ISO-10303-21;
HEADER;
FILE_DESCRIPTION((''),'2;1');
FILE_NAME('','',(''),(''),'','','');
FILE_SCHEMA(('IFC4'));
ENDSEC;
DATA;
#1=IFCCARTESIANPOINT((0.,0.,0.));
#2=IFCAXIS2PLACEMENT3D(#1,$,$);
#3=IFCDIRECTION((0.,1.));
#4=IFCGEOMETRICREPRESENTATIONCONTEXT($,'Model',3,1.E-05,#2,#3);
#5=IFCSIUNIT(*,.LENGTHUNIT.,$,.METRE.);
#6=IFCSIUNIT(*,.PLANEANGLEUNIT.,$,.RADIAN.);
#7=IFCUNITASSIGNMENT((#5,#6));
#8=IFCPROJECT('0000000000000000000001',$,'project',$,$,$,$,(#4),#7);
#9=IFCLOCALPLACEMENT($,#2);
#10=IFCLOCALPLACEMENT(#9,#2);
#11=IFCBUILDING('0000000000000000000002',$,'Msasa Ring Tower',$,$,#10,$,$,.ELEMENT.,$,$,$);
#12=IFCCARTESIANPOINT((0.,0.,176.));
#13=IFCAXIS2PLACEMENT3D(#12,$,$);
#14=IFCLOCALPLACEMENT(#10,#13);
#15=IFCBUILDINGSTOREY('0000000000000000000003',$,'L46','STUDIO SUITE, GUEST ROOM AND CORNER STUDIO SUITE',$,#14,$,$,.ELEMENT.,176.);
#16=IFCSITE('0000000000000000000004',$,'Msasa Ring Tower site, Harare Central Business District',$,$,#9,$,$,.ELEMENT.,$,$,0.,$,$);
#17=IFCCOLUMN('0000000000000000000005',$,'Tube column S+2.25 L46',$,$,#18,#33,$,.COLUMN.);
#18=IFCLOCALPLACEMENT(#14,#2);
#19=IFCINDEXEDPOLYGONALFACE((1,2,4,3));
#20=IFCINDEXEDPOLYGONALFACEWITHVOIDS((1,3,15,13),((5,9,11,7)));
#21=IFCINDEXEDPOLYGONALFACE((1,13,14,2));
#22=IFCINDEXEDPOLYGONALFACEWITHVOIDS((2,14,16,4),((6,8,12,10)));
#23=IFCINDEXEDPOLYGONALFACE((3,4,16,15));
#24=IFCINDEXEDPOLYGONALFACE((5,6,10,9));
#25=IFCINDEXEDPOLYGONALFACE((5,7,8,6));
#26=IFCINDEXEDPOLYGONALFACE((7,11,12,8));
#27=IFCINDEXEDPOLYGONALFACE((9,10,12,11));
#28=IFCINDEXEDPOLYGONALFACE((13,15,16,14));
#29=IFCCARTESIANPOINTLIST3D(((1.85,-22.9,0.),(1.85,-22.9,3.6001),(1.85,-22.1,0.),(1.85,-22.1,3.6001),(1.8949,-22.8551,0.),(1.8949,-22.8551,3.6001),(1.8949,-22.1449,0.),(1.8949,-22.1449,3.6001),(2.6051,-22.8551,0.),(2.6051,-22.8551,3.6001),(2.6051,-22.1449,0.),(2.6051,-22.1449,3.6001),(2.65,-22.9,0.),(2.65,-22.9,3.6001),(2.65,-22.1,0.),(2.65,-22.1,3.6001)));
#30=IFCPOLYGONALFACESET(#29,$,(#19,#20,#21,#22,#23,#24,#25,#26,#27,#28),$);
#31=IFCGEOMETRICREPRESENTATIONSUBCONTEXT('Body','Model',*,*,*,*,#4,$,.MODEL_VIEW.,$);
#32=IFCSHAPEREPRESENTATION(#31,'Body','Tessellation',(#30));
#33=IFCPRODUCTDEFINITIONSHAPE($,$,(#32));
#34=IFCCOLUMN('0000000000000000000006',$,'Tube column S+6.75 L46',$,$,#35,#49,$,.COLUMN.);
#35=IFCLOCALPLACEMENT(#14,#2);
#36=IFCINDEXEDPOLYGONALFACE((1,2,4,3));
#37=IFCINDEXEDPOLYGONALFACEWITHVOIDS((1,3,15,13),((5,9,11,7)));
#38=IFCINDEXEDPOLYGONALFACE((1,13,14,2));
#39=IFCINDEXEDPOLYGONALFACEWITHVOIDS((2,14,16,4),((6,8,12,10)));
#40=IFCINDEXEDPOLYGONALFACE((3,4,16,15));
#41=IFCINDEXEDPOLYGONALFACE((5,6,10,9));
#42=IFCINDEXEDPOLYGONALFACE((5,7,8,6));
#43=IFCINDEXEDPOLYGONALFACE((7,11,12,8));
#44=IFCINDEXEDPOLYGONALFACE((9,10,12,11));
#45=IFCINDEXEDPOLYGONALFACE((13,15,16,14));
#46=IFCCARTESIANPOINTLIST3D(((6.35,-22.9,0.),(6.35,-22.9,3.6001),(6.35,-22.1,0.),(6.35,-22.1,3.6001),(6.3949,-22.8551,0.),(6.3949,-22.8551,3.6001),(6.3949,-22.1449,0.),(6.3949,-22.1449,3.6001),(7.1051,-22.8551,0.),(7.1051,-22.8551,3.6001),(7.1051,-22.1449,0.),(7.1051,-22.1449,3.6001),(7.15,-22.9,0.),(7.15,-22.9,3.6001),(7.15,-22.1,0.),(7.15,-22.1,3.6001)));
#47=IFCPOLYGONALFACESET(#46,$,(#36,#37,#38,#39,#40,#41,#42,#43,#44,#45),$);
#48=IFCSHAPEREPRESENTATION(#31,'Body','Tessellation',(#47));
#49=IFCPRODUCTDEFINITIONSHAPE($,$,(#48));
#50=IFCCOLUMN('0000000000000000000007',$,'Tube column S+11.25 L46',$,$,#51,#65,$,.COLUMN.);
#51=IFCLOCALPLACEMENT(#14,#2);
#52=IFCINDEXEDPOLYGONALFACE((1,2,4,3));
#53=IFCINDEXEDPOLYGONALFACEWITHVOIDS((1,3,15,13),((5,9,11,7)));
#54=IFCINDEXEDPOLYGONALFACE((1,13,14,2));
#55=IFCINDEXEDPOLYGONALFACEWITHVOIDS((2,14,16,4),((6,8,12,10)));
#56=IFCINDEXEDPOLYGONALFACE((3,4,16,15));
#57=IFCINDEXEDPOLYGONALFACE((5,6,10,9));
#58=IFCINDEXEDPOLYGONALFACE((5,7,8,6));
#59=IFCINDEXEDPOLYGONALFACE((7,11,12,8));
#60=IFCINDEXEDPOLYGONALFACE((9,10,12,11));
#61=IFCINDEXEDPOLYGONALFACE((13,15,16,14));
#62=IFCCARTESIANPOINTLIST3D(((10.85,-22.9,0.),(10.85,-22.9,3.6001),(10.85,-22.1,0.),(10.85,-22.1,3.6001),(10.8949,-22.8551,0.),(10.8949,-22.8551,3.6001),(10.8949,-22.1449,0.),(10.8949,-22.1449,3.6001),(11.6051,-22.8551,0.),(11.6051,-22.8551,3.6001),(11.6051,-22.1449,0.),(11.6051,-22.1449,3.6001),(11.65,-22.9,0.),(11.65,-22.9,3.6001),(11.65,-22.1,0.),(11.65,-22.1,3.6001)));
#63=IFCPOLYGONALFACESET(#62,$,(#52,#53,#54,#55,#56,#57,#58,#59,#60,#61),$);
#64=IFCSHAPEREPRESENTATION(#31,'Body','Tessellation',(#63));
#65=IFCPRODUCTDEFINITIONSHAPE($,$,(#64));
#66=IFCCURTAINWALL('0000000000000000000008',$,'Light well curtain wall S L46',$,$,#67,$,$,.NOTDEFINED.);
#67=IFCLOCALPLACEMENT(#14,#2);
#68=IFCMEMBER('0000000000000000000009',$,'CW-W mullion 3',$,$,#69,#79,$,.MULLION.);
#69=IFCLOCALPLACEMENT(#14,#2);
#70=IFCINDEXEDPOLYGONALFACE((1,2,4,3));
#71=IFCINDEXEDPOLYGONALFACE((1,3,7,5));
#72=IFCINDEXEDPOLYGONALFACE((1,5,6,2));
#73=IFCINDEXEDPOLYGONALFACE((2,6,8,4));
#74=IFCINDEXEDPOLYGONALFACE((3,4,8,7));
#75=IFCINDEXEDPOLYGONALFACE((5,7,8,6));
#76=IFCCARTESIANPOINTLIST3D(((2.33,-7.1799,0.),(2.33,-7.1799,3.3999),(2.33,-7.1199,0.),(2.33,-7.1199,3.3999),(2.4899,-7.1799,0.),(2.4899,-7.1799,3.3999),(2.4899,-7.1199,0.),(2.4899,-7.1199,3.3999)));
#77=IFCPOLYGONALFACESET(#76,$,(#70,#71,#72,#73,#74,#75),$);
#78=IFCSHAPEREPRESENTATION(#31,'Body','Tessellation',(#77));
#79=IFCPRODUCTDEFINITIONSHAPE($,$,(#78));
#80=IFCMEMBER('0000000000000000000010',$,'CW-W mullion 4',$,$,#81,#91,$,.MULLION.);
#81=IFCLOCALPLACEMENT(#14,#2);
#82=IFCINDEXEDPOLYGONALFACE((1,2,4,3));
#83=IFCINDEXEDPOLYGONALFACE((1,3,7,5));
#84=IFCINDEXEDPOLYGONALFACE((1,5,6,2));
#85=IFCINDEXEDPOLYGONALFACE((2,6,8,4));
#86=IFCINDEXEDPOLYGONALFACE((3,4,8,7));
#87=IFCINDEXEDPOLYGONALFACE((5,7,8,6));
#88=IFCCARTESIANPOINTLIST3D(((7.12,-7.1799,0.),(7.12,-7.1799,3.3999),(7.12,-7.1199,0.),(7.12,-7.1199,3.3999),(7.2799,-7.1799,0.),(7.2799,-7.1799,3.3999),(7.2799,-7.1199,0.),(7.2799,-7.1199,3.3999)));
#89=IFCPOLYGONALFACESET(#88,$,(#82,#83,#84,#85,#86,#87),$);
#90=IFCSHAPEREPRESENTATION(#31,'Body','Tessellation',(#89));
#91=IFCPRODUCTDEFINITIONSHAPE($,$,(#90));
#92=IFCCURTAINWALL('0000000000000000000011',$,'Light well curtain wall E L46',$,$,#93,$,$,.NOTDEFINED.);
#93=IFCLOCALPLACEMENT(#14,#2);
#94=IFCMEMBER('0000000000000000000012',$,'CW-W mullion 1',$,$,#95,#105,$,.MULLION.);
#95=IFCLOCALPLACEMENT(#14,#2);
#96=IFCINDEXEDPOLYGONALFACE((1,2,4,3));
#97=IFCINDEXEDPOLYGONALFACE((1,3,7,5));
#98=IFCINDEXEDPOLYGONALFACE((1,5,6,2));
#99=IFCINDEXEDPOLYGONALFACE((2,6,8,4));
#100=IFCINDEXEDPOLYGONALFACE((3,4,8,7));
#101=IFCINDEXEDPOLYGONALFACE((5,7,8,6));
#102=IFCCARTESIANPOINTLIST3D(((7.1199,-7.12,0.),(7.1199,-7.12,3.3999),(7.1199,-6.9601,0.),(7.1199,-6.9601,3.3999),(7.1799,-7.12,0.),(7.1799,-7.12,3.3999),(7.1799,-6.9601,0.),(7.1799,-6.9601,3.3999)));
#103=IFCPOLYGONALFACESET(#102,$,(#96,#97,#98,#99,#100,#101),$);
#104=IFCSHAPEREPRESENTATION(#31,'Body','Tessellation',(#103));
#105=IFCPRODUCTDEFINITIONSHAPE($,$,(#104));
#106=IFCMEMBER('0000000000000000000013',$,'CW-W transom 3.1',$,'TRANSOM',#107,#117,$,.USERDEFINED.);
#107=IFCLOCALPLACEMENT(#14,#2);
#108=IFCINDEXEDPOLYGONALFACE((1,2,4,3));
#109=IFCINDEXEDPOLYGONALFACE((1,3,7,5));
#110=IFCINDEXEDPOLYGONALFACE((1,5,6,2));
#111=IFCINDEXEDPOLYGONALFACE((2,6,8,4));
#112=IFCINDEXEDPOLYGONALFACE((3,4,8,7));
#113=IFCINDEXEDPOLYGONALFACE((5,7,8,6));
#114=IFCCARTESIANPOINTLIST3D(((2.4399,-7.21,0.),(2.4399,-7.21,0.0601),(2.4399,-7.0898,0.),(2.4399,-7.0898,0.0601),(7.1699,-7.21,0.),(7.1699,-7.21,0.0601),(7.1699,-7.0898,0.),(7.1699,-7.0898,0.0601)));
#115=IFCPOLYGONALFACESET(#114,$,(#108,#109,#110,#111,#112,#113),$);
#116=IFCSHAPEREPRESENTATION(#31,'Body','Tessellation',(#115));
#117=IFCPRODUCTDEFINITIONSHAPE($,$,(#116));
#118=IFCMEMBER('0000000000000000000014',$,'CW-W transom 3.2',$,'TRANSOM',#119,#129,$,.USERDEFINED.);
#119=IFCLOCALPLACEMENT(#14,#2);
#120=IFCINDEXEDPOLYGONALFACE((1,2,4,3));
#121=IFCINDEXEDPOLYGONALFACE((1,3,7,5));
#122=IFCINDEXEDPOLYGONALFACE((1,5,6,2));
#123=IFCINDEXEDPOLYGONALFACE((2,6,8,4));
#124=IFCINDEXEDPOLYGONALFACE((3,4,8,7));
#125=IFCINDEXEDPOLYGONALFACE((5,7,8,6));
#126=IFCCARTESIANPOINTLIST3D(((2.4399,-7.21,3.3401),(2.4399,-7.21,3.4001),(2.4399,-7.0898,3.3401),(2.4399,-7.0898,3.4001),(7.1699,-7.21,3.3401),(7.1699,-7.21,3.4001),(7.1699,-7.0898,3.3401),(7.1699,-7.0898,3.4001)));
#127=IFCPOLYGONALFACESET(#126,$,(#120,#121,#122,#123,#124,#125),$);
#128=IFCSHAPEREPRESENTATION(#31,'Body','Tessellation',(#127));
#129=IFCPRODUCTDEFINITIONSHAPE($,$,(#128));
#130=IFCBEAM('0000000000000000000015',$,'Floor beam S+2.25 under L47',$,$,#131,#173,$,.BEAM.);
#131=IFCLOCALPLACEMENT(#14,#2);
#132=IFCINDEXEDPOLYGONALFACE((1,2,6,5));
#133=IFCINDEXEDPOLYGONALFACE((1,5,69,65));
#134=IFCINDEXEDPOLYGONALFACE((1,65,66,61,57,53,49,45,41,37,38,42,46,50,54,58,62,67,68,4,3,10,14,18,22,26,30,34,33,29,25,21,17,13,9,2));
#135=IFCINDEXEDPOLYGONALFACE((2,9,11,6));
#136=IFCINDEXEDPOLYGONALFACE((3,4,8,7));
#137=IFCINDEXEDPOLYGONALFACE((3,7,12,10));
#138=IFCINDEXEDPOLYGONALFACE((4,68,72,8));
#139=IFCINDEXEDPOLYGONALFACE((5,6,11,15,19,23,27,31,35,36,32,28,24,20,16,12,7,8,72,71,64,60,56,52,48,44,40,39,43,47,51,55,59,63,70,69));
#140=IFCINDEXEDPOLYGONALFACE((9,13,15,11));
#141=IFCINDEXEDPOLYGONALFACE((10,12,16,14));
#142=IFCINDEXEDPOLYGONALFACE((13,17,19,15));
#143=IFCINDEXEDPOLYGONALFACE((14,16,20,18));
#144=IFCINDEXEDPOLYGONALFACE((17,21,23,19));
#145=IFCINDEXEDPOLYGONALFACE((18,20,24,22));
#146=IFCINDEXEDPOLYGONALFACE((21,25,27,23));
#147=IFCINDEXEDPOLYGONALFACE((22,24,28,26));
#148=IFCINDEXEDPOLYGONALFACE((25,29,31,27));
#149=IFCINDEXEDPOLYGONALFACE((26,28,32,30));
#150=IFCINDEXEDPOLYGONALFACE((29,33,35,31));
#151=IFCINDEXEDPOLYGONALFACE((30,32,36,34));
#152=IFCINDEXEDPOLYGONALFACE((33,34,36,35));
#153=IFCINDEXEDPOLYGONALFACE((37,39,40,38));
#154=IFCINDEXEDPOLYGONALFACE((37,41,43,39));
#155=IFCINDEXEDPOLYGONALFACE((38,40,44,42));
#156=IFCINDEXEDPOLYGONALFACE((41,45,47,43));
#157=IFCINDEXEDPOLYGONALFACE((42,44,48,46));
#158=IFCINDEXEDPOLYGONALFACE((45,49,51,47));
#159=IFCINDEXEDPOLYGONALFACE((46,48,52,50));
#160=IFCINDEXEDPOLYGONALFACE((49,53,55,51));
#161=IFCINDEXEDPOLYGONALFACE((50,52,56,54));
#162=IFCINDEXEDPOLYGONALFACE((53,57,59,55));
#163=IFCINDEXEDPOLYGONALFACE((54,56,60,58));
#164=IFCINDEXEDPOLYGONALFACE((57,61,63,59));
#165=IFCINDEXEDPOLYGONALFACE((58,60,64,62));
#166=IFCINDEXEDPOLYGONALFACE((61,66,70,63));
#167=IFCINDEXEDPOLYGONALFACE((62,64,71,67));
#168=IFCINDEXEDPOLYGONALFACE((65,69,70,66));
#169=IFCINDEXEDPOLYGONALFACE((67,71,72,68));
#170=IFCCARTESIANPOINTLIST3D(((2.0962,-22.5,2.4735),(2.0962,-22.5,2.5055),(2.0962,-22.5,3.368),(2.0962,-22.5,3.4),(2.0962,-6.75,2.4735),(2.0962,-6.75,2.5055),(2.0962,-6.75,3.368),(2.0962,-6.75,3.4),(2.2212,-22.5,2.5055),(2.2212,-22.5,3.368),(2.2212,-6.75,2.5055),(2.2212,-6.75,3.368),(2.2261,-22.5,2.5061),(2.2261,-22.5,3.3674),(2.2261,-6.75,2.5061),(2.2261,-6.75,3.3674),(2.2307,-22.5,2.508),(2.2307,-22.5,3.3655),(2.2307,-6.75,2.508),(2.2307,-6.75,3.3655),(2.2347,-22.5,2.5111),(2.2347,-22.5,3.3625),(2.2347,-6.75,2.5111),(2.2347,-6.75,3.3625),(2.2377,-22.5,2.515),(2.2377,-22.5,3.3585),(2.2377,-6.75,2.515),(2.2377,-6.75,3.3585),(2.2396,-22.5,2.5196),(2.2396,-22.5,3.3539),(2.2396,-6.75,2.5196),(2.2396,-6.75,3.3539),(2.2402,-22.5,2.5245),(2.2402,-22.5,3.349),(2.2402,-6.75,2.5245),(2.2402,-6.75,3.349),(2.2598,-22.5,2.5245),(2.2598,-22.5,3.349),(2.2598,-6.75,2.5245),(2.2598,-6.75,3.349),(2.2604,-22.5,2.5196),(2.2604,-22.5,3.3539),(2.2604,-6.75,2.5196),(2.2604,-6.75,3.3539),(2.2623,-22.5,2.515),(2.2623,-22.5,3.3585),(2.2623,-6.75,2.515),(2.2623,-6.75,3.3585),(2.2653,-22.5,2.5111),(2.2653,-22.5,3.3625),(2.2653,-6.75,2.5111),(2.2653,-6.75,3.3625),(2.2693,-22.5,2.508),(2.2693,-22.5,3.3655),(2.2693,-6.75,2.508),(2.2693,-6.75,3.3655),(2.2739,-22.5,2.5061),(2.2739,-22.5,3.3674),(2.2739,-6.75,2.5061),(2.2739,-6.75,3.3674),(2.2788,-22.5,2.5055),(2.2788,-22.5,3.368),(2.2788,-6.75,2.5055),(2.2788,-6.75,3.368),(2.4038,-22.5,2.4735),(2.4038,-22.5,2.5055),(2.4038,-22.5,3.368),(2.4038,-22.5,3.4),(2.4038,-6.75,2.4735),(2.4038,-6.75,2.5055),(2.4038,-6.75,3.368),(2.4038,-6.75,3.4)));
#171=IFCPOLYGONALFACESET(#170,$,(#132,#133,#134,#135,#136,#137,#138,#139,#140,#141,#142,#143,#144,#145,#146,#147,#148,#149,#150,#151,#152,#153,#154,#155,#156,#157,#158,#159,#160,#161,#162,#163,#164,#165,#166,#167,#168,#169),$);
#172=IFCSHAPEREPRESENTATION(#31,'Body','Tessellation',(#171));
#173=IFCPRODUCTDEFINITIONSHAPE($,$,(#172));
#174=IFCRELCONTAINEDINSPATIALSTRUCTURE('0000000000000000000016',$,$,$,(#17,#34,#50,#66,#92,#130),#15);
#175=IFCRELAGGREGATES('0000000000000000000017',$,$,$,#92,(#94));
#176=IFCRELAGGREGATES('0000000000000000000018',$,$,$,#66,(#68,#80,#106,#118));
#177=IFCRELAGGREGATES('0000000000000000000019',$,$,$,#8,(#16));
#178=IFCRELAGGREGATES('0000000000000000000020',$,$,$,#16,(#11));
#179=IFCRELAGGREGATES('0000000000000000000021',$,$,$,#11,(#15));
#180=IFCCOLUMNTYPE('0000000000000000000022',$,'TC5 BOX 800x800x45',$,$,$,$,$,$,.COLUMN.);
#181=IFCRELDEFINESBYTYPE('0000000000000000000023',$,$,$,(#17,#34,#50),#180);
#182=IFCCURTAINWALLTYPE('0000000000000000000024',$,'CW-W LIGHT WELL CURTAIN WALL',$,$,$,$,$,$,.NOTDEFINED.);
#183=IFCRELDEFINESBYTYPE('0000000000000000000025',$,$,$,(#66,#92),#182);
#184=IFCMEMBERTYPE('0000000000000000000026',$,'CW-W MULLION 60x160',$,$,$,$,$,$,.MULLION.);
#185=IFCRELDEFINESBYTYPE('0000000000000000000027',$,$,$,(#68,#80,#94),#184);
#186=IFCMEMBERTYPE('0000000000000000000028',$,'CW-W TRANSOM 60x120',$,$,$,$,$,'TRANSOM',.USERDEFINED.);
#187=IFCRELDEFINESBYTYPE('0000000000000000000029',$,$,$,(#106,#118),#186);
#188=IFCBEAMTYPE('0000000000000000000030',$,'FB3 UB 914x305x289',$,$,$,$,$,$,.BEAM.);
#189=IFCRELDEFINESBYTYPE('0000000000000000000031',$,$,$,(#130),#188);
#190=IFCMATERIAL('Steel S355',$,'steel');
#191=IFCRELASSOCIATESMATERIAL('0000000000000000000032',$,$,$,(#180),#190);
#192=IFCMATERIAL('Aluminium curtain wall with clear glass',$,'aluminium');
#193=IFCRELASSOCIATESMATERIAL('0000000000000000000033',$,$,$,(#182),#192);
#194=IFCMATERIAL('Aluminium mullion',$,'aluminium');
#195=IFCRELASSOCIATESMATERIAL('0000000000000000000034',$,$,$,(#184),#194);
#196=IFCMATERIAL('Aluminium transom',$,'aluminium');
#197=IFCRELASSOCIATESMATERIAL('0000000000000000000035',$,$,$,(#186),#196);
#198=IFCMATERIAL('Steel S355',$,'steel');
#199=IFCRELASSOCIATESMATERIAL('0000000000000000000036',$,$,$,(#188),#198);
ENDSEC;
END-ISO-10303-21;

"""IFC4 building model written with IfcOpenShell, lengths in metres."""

from ifc_helpers import new_model, si_unit, direction, frame, origin, origin_2d, place, context, subcontext, project, spatial, rectangle, hollow_rectangle, i_section, extrude, material, material_profile, profile_set, type_object, element, aggregate, save


model = new_model("IFC4")

# Units and contexts
model_context = context("Model", 3, precision=1e-05, world=origin(), true_north=direction((0.0, 1.0)))
body_context = subcontext(model_context, "Body", "Model", "MODEL_VIEW")
ifc_project = project(units=[si_unit("LENGTHUNIT", "METRE"), si_unit("PLANEANGLEUNIT", "RADIAN")], contexts=[model_context])

# Site, building, storey
site_placement = place(None, origin())
site = spatial("IfcSite", under=ifc_project, at=site_placement, Name="Msasa Ring Tower site, Harare Central Business District", CompositionType="ELEMENT", RefElevation=0.0)
building_placement = place(site_placement, origin())
building = spatial("IfcBuilding", under=site, at=building_placement, Name="Msasa Ring Tower", CompositionType="ELEMENT")
storey_placement = place(building_placement, frame((0.0, 0.0, 176.0)))
storey = spatial("IfcBuildingStorey", under=building, at=storey_placement, Name="L46", Description="STUDIO SUITE, GUEST ROOM AND CORNER STUDIO SUITE", CompositionType="ELEMENT", Elevation=176.0)

# Columns
ifc_material_1 = material(Name="Steel S355", Category="steel")
ifc_material_profile_1 = material_profile(ifc_material_1, hollow_rectangle(XDim=0.8, YDim=0.8, WallThickness=0.0449, at=origin_2d()), Name="BOX 800x800x45")
ifc_profile_set_1 = profile_set([ifc_material_profile_1], Name="Steel S355")
column_type = type_object("IfcColumnType", Name="TC5 BOX 800x800x45", PredefinedType="COLUMN", material=ifc_profile_set_1)
for number, where, z_axis, x_axis, name in (
    (1, (2.25, -22.5, 0.0), (0.0, 0.0, 1.0), (0.0, 1.0, 0.0), "Tube column S+2.25 L46"),
    (2, (6.75, -22.5, 0.0), (0.0, 0.0, 1.0), (0.0, 1.0, 0.0), "Tube column S+6.75 L46"),
    (3, (11.25, -22.5, 0.0), (0.0, 0.0, 1.0), (0.0, 1.0, 0.0), "Tube column S+11.25 L46"),
):
    element("IfcColumn", number, at=place(storey_placement, frame(where, z_axis=z_axis, x_axis=x_axis)), inside=storey, type_object=column_type, Name=name, PredefinedType="COLUMN", context=body_context, shape_type="SweptSolid", body=[
        extrude(hollow_rectangle(XDim=0.8, YDim=0.8, WallThickness=0.0449, at=origin_2d()), origin(), (0.0, 0.0, 1.0), 3.6001),
    ])

# Curtain wall, members
ifc_material_2 = material(Name="Aluminium curtain wall with clear glass", Category="aluminium")
curtain_wall_type = type_object("IfcCurtainWallType", Name="CW-W LIGHT WELL CURTAIN WALL", PredefinedType="NOTDEFINED", material=ifc_material_2)
curtain_wall_1_placement = place(storey_placement, origin())
curtain_wall_1 = element("IfcCurtainWall", 4, at=curtain_wall_1_placement, inside=storey, type_object=curtain_wall_type, Name="Light well curtain wall S L46", PredefinedType="NOTDEFINED")
ifc_material_3 = material(Name="Aluminium mullion", Category="aluminium")
ifc_material_profile_2 = material_profile(ifc_material_3, rectangle(XDim=0.0601, YDim=0.1599, at=origin_2d()), Name="AL 60x160")
ifc_profile_set_2 = profile_set([ifc_material_profile_2], Name="Aluminium mullion")
member_type_1 = type_object("IfcMemberType", Name="CW-W MULLION 60x160", PredefinedType="MULLION", material=ifc_profile_set_2)
member_1_placement = place(storey_placement, frame((2.4099, -7.1499, 0.0), z_axis=(0.0, 0.0, 1.0), x_axis=(0.0, 1.0, 0.0)))
member_1 = element("IfcMember", 5, at=member_1_placement, type_object=member_type_1, Name="CW-W mullion 3", PredefinedType="MULLION", context=body_context, shape_type="SweptSolid", body=[
    extrude(rectangle(XDim=0.0601, YDim=0.1599, at=origin_2d()), origin(), (0.0, 0.0, 1.0), 3.3999),
])
member_2_placement = place(storey_placement, frame((7.2, -7.1499, 0.0), z_axis=(0.0, 0.0, 1.0), x_axis=(0.0, 1.0, 0.0)))
member_2 = element("IfcMember", 6, at=member_2_placement, type_object=member_type_1, Name="CW-W mullion 4", PredefinedType="MULLION", context=body_context, shape_type="SweptSolid", body=[
    extrude(rectangle(XDim=0.0601, YDim=0.1599, at=origin_2d()), origin(), (0.0, 0.0, 1.0), 3.3999),
])

# Curtain wall, member
curtain_wall_2_placement = place(storey_placement, origin())
curtain_wall_2 = element("IfcCurtainWall", 7, at=curtain_wall_2_placement, inside=storey, type_object=curtain_wall_type, Name="Light well curtain wall E L46", PredefinedType="NOTDEFINED")
member_3_placement = place(storey_placement, frame((7.1499, -7.04, 0.0), z_axis=(0.0, 0.0, 1.0), x_axis=(-1.0, 0.0, 0.0)))
member_3 = element("IfcMember", 8, at=member_3_placement, type_object=member_type_1, Name="CW-W mullion 1", PredefinedType="MULLION", context=body_context, shape_type="SweptSolid", body=[
    extrude(rectangle(XDim=0.0601, YDim=0.1599, at=origin_2d()), origin(), (0.0, 0.0, 1.0), 3.3999),
])
aggregate(curtain_wall_2, [member_3])

# Members
ifc_material_4 = material(Name="Aluminium transom", Category="aluminium")
ifc_material_profile_3 = material_profile(ifc_material_4, rectangle(XDim=0.1201, YDim=0.0601, at=origin_2d()), Name="AL 60x120")
ifc_profile_set_3 = profile_set([ifc_material_profile_3], Name="Aluminium transom")
member_type_2 = type_object("IfcMemberType", Name="CW-W TRANSOM 60x120", ElementType="TRANSOM", PredefinedType="USERDEFINED", material=ifc_profile_set_3)
member_4_placement = place(storey_placement, frame((2.4399, -7.1499, 0.03), z_axis=(1.0, 0.0, 0.0), x_axis=(0.0, 1.0, 0.0)))
member_4 = element("IfcMember", 9, at=member_4_placement, type_object=member_type_2, Name="CW-W transom 3.1", ObjectType="TRANSOM", PredefinedType="USERDEFINED", context=body_context, shape_type="SweptSolid", body=[
    extrude(rectangle(XDim=0.1201, YDim=0.0601, at=origin_2d()), origin(), (0.0, 0.0, 1.0), 4.73),
])
member_5_placement = place(storey_placement, frame((2.4399, -7.1499, 3.3701), z_axis=(1.0, 0.0, 0.0), x_axis=(0.0, 1.0, 0.0)))
member_5 = element("IfcMember", 10, at=member_5_placement, type_object=member_type_2, Name="CW-W transom 3.2", ObjectType="TRANSOM", PredefinedType="USERDEFINED", context=body_context, shape_type="SweptSolid", body=[
    extrude(rectangle(XDim=0.1201, YDim=0.0601, at=origin_2d()), origin(), (0.0, 0.0, 1.0), 4.73),
])

# Beam
ifc_material_5 = material(Name="Steel S355", Category="steel")
ifc_material_profile_4 = material_profile(ifc_material_5, i_section(OverallWidth=0.3076, OverallDepth=0.9265, WebThickness=0.0195, FlangeThickness=0.032, FilletRadius=0.019, at=origin_2d()), Name="UB 914x305x289")
ifc_profile_set_4 = profile_set([ifc_material_profile_4], Name="Steel S355")
beam_type_1 = type_object("IfcBeamType", Name="FB3 UB 914x305x289", PredefinedType="BEAM", material=ifc_profile_set_4)
for number, where, z_axis, x_axis, name in (
    (11, (2.25, -22.5, 2.9368), (0.0, 1.0, 0.0), (-1.0, 0.0, 0.0), "Floor beam S+2.25 under L47"),
):
    element("IfcBeam", number, at=place(storey_placement, frame(where, z_axis=z_axis, x_axis=x_axis)), inside=storey, type_object=beam_type_1, Name=name, PredefinedType="BEAM", context=body_context, shape_type="SweptSolid", body=[
        extrude(i_section(OverallWidth=0.3076, OverallDepth=0.9265, WebThickness=0.0195, FlangeThickness=0.032, FilletRadius=0.019, at=origin_2d()), origin(), (0.0, 0.0, 1.0), 15.75),
    ])

aggregate(curtain_wall_1, [member_1, member_2, member_4, member_5])

save(model, "model.ifc")
